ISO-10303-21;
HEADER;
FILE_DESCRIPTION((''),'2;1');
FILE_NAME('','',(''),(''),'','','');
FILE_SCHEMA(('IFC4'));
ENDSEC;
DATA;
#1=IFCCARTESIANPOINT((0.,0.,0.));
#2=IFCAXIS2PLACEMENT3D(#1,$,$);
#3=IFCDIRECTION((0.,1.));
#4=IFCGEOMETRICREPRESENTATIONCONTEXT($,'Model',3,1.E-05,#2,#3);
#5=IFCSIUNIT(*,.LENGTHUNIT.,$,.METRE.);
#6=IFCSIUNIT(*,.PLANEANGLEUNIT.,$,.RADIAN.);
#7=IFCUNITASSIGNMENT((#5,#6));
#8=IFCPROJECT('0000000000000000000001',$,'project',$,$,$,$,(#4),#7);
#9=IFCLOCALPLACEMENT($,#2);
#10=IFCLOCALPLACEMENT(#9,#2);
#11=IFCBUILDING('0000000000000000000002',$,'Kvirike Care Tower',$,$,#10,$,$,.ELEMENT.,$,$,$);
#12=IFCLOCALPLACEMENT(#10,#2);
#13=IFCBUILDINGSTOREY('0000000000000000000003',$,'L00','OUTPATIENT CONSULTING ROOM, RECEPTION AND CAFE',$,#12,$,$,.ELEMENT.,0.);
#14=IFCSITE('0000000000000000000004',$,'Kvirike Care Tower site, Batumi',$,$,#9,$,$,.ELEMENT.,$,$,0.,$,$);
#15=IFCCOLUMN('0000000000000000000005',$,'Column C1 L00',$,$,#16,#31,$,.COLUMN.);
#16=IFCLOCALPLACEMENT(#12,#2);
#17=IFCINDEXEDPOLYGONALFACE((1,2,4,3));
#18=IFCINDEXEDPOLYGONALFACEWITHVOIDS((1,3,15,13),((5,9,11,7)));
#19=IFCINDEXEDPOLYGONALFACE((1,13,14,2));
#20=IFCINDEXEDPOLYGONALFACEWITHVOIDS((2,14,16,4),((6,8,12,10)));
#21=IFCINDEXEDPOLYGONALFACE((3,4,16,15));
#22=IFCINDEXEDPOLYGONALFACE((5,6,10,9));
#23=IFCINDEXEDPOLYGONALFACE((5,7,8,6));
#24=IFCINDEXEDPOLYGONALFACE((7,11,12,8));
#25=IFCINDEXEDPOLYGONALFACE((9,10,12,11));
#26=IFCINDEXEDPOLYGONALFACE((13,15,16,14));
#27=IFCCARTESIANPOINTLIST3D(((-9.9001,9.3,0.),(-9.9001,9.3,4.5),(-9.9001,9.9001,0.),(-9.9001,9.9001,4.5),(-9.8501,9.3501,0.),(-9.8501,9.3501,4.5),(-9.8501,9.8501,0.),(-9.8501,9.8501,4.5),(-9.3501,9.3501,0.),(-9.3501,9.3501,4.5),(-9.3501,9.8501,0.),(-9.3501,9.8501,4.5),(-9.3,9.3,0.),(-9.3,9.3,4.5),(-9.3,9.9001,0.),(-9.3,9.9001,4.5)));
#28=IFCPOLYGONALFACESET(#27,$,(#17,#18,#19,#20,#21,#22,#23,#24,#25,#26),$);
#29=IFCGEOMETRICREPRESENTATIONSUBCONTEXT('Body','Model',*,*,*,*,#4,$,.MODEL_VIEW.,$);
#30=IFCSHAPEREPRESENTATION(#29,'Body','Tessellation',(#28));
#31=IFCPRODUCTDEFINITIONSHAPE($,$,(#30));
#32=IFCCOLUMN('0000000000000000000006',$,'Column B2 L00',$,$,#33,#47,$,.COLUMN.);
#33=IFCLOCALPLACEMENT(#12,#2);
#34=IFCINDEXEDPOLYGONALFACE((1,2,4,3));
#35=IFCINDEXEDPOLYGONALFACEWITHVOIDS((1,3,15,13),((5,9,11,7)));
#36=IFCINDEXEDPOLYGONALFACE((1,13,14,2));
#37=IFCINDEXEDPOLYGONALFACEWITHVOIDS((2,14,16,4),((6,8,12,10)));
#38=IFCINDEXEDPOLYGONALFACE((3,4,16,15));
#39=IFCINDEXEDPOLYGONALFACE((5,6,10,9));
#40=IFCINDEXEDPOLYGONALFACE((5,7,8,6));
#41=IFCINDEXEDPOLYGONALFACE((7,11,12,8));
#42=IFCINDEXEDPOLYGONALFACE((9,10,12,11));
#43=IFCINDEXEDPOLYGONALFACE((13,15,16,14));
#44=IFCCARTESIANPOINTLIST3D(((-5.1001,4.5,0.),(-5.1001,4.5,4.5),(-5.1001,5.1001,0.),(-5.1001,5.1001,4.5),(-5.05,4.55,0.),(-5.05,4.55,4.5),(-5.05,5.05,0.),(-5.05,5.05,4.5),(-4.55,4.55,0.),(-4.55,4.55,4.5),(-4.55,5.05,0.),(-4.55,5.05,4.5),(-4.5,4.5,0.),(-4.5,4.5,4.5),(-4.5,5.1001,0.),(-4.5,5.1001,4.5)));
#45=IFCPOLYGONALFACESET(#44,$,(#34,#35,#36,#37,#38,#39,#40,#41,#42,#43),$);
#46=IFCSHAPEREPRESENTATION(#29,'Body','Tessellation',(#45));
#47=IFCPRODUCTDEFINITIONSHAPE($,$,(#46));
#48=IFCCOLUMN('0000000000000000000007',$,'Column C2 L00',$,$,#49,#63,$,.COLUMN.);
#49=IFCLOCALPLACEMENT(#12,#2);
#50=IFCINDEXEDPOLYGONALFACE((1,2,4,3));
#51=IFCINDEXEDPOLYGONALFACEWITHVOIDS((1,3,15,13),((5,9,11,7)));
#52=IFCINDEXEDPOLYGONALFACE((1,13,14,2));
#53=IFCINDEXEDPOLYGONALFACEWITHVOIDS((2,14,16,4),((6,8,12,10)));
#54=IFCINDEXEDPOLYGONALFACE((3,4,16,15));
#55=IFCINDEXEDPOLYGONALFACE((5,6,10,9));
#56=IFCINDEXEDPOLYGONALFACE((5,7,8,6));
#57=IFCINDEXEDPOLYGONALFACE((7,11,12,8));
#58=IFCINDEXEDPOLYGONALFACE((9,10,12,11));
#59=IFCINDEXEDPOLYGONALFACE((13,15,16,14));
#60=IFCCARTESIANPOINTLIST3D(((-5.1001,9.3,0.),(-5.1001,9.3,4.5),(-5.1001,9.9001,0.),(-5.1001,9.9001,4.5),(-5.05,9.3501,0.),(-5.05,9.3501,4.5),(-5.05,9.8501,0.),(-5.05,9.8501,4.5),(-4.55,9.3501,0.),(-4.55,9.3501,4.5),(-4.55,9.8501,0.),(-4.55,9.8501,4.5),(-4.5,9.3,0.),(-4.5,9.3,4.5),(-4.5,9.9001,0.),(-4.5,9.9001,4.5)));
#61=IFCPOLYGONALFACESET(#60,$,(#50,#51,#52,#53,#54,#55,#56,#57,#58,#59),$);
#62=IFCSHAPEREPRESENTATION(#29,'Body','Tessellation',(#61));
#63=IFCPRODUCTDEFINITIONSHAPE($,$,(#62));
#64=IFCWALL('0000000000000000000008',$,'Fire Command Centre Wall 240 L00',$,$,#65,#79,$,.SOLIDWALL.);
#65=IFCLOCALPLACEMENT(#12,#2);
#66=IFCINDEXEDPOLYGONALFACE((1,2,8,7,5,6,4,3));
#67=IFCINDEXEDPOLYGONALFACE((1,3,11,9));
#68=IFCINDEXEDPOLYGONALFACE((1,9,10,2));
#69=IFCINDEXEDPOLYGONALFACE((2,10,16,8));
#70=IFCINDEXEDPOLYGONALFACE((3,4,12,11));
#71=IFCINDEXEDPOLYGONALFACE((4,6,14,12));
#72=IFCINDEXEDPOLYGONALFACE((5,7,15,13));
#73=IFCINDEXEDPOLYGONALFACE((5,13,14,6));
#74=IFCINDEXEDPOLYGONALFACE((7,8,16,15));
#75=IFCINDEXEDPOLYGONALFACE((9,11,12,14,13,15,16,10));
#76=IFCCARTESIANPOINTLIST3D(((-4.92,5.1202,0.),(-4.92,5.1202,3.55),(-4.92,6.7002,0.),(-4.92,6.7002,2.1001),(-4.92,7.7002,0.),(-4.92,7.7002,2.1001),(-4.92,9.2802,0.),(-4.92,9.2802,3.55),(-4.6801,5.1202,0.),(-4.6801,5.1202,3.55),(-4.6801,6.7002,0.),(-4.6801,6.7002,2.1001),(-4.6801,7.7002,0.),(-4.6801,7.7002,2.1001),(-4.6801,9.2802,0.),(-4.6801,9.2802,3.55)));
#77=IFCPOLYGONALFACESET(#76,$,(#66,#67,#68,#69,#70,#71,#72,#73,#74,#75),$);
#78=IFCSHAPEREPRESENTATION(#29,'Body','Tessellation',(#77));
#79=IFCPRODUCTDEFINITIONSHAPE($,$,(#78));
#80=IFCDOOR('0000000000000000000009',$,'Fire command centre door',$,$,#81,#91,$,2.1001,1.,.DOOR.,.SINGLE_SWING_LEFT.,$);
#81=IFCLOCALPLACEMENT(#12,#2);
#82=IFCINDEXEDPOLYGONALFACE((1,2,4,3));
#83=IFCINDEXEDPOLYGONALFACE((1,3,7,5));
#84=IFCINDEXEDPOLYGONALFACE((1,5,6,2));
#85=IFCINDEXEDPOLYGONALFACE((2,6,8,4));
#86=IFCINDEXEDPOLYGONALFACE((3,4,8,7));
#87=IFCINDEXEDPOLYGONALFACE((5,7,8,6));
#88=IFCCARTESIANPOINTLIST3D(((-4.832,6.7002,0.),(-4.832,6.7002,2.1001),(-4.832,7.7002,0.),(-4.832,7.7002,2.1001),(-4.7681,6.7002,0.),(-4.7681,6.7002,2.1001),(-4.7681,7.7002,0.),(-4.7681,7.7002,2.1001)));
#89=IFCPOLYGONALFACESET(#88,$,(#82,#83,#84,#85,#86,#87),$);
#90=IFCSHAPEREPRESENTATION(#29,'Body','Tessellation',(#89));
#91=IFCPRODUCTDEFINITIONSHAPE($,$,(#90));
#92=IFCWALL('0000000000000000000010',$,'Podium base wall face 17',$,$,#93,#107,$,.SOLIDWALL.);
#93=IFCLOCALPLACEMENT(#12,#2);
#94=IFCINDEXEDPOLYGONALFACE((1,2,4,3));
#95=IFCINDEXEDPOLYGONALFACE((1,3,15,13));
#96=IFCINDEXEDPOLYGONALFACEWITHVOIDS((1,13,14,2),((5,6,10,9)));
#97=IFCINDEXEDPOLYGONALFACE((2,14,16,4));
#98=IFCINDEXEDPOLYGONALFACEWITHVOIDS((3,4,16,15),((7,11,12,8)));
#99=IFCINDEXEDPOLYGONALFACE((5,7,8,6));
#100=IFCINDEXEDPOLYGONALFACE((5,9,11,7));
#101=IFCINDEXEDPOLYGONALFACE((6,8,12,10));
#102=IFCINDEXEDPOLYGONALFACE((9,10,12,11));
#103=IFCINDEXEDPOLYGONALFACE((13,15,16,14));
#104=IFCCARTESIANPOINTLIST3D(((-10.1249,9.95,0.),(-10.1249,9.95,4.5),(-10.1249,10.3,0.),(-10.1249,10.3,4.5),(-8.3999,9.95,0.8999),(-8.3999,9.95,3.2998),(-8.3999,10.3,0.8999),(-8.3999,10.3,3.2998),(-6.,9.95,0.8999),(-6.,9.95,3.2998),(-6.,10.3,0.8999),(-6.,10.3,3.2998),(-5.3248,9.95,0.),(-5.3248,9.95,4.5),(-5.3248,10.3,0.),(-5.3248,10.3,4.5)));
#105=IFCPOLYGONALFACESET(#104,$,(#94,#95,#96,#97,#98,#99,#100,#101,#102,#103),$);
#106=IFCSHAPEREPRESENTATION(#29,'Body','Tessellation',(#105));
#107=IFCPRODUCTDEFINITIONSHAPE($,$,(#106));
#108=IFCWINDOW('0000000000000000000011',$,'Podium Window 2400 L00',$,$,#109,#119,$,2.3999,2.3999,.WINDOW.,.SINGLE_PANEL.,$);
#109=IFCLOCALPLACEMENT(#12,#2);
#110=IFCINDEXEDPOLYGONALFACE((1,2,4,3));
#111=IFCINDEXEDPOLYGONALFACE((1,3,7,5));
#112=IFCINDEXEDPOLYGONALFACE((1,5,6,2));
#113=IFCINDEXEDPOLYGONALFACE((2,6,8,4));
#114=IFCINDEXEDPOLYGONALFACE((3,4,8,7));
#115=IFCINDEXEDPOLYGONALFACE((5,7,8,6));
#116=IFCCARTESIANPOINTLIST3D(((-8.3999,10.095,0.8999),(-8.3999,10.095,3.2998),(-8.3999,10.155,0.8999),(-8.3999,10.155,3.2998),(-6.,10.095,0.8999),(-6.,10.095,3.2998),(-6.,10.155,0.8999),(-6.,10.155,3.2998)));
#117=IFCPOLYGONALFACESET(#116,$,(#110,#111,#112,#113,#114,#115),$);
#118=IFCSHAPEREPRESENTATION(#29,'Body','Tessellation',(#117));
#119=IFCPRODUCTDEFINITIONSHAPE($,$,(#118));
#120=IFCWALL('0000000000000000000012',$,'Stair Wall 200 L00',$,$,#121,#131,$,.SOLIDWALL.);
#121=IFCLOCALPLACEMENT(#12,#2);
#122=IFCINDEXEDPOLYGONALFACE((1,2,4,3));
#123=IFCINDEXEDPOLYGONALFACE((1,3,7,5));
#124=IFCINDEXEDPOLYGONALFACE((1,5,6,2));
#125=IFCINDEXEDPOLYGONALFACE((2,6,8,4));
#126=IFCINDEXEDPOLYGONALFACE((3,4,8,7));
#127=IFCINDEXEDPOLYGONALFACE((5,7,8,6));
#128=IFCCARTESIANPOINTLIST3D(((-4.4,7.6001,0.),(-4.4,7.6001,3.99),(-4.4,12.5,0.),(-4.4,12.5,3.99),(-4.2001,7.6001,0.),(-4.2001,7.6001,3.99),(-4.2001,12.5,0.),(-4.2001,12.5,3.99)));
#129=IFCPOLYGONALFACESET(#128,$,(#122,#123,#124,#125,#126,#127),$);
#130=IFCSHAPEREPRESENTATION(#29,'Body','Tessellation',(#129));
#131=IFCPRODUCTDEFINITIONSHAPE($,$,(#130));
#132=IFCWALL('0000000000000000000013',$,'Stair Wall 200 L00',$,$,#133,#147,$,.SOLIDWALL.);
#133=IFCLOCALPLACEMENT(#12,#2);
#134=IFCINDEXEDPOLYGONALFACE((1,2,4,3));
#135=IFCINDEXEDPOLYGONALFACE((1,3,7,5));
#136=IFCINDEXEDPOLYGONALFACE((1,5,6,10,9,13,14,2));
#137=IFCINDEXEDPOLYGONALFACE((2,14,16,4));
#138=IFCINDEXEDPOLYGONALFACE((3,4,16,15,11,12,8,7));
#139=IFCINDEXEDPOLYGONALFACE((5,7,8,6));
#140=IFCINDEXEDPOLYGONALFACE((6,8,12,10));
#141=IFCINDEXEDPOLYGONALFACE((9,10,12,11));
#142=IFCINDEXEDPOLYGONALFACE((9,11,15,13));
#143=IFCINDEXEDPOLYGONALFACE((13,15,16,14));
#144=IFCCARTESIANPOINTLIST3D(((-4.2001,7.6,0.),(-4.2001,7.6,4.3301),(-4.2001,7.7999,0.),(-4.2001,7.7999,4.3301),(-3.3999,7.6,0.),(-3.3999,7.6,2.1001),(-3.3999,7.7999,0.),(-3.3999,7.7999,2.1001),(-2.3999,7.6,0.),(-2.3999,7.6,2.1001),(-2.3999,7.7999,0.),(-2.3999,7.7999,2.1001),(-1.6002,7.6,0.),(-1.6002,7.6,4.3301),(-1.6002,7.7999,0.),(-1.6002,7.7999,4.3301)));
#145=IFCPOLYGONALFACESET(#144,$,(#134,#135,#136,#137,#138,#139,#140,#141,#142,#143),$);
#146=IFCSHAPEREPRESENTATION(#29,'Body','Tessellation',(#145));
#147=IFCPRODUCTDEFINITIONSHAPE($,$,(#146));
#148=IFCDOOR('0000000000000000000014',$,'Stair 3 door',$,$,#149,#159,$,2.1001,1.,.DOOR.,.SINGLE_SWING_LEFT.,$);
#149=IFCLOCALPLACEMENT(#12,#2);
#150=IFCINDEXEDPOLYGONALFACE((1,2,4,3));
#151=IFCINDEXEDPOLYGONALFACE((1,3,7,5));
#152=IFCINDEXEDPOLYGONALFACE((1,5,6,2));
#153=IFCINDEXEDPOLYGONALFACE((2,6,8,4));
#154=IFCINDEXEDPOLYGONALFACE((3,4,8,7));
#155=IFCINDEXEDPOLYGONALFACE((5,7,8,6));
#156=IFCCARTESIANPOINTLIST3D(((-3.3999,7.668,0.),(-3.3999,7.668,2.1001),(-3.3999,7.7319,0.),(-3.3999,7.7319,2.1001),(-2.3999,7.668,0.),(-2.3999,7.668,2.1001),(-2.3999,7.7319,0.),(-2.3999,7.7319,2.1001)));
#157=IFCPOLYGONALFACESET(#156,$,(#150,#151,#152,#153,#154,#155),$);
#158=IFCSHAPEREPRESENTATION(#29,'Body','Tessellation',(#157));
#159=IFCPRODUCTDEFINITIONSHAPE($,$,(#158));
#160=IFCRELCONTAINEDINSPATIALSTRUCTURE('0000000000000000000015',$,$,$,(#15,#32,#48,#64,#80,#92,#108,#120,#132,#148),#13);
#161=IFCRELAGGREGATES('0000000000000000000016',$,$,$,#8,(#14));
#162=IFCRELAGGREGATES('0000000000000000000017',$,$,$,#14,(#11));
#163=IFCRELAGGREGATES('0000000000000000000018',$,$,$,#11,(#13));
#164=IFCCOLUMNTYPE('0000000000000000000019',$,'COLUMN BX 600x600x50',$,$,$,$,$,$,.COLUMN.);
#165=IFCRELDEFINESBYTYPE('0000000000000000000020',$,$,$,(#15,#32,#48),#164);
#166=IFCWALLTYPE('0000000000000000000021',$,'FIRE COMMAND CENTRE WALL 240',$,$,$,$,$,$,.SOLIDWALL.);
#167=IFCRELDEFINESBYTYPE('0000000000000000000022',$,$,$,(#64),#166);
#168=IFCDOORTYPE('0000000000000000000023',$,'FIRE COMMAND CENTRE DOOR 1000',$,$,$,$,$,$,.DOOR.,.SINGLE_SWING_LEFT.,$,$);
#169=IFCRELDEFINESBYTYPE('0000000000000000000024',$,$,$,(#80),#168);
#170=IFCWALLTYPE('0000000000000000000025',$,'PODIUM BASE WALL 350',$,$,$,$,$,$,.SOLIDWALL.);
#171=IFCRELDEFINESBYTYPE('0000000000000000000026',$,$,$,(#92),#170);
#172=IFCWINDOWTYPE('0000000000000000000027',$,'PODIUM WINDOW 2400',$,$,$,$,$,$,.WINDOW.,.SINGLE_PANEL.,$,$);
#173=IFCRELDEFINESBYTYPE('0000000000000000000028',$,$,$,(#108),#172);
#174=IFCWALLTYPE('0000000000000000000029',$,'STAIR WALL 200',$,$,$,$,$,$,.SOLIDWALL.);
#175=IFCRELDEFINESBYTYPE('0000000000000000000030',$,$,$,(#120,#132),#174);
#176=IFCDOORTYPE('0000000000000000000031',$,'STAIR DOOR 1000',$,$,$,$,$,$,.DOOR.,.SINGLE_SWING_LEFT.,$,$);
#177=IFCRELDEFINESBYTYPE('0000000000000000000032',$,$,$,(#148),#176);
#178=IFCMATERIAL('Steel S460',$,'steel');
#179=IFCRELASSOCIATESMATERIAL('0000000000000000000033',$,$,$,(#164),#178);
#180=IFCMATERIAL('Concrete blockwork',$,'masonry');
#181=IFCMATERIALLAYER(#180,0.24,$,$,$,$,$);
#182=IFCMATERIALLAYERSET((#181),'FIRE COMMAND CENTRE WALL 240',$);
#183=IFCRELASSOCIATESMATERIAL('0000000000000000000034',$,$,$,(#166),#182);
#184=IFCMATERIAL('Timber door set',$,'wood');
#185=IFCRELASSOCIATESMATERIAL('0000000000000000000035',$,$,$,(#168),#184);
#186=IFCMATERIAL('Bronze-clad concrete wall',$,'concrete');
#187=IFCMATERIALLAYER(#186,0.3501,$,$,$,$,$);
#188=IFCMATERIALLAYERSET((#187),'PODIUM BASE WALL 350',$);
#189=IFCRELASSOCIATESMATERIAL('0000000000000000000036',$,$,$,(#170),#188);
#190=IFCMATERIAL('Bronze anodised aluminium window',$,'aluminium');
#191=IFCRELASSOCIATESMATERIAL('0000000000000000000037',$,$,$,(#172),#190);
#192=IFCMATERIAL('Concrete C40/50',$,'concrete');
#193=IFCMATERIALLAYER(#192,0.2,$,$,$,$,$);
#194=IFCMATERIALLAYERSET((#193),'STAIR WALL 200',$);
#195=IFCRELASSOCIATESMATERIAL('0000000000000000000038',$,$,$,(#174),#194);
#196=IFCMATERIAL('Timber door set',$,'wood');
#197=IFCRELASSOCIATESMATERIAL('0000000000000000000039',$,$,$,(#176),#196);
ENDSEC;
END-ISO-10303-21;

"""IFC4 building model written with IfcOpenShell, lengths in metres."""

from ifc_helpers import new_model, si_unit, direction, frame, frame_2d, origin, origin_2d, place, context, subcontext, project, spatial, rectangle, hollow_rectangle, extrude, material, layer, layer_set, material_profile, profile_set, type_object, element, fill, save


model = new_model("IFC4")

# Units and contexts
model_context = context("Model", 3, precision=1e-05, world=origin(), true_north=direction((0.0, 1.0)))
body_context = subcontext(model_context, "Body", "Model", "MODEL_VIEW")
ifc_project = project(units=[si_unit("LENGTHUNIT", "METRE"), si_unit("PLANEANGLEUNIT", "RADIAN")], contexts=[model_context])

# Site, building, storey
site_placement = place(None, origin())
site = spatial("IfcSite", under=ifc_project, at=site_placement, Name="Kvirike Care Tower site, Batumi", CompositionType="ELEMENT", RefElevation=0.0)
building_placement = place(site_placement, origin())
building = spatial("IfcBuilding", under=site, at=building_placement, Name="Kvirike Care Tower", CompositionType="ELEMENT")
storey_placement = place(building_placement, origin())
storey = spatial("IfcBuildingStorey", under=building, at=storey_placement, Name="L00", Description="OUTPATIENT CONSULTING ROOM, RECEPTION AND CAFE", CompositionType="ELEMENT", Elevation=0.0)

# Columns
ifc_material_1 = material(Name="Steel S460", Category="steel")
ifc_material_profile_1 = material_profile(ifc_material_1, hollow_rectangle(XDim=0.6001, YDim=0.6001, WallThickness=0.05, at=origin_2d()), Name="BX 600x600x50")
ifc_profile_set_1 = profile_set([ifc_material_profile_1], Name="Steel S460")
column_type = type_object("IfcColumnType", Name="COLUMN BX 600x600x50", PredefinedType="COLUMN", material=ifc_profile_set_1)
for number, where, z_axis, x_axis, name in (
    (1, (-9.6001, 9.6001, 0.0), (0.0, 0.0, 1.0), (0.0, 1.0, 0.0), "Column C1 L00"),
    (2, (-4.8, 4.8, 0.0), (0.0, 0.0, 1.0), (0.0, 1.0, 0.0), "Column B2 L00"),
    (3, (-4.8, 9.6001, 0.0), (0.0, 0.0, 1.0), (0.0, 1.0, 0.0), "Column C2 L00"),
):
    element("IfcColumn", number, at=place(storey_placement, frame(where, z_axis=z_axis, x_axis=x_axis)), inside=storey, type_object=column_type, Name=name, PredefinedType="COLUMN", context=body_context, shape_type="SweptSolid", body=[
        extrude(hollow_rectangle(XDim=0.6001, YDim=0.6001, WallThickness=0.05, at=origin_2d()), origin(), (0.0, 0.0, 1.0), 4.5),
    ])

# Wall, opening, door
ifc_material_2 = material(Name="Concrete blockwork", Category="masonry")
ifc_layer_1 = layer(ifc_material_2, 0.24)
ifc_layer_set_1 = layer_set([ifc_layer_1], Name="FIRE COMMAND CENTRE WALL 240")
wall_type_1 = type_object("IfcWallType", Name="FIRE COMMAND CENTRE WALL 240", PredefinedType="SOLIDWALL", material=ifc_layer_set_1)
wall_1_placement = place(storey_placement, frame((-4.8, 5.1201, 0.0), z_axis=(0.0, 0.0, 1.0), x_axis=(0.0, 1.0, 0.0)))
wall_1 = element("IfcWall", 4, at=wall_1_placement, inside=storey, type_object=wall_type_1, Name="Fire Command Centre Wall 240 L00", PredefinedType="SOLIDWALL", context=body_context, shape_type="SweptSolid", body=[
    extrude(rectangle(XDim=4.1599, YDim=0.24, at=frame_2d((2.0801, 0.0))), origin(), (0.0, 0.0, 1.0), 3.55),
])
opening_1_placement = place(wall_1_placement, frame((1.5801, 0.0, 0.0)))
opening_1 = element("IfcOpeningElement", 5, at=opening_1_placement, cuts=wall_1, PredefinedType="OPENING", context=body_context, shape_type="SweptSolid", body=[
    extrude(rectangle(XDim=1.0, YDim=2.1001, at=frame_2d((0.5, 1.05))), frame((0.0, 0.1306, 0.0), z_axis=(0.0, -1.0, 0.0), x_axis=(1.0, 0.0, 0.0)), (0.0, 0.0, 1.0), 0.261),
])
ifc_material_3 = material(Name="Timber door set", Category="wood")
door_type_1 = type_object("IfcDoorType", Name="FIRE COMMAND CENTRE DOOR 1000", OperationType="SINGLE_SWING_LEFT", PredefinedType="DOOR", material=ifc_material_3)
door_1_placement = place(opening_1_placement, origin())
door_1 = element("IfcDoor", 6, at=door_1_placement, inside=storey, type_object=door_type_1, Name="Fire command centre door", OperationType="SINGLE_SWING_LEFT", OverallHeight=2.1001, OverallWidth=1.0, PredefinedType="DOOR", context=body_context, shape_type="SweptSolid", body=[
    extrude(rectangle(XDim=1.0, YDim=2.1001, at=frame_2d((0.5, 1.05))), frame((0.0, 0.032, 0.0), z_axis=(0.0, -1.0, 0.0), x_axis=(1.0, 0.0, 0.0)), (0.0, 0.0, 1.0), 0.064),
])
fill(opening_1, door_1)

# Wall, opening, window
ifc_material_4 = material(Name="Bronze-clad concrete wall", Category="concrete")
ifc_layer_2 = layer(ifc_material_4, 0.3501)
ifc_layer_set_2 = layer_set([ifc_layer_2], Name="PODIUM BASE WALL 350")
wall_type_2 = type_object("IfcWallType", Name="PODIUM BASE WALL 350", PredefinedType="SOLIDWALL", material=ifc_layer_set_2)
wall_2_placement = place(storey_placement, frame((-5.325, 10.125, 0.0), z_axis=(0.0, 0.0, 1.0), x_axis=(-1.0, 0.0, 0.0)))
wall_2 = element("IfcWall", 7, at=wall_2_placement, inside=storey, type_object=wall_type_2, Name="Podium base wall face 17", PredefinedType="SOLIDWALL", context=body_context, shape_type="SweptSolid", body=[
    extrude(rectangle(XDim=4.8, YDim=0.3501, at=frame_2d((2.3999, 0.0))), origin(), (0.0, 0.0, 1.0), 4.5),
])
opening_2_placement = place(wall_2_placement, frame((0.675, 0.0, 0.8999)))
opening_2 = element("IfcOpeningElement", 8, at=opening_2_placement, cuts=wall_2, PredefinedType="OPENING", context=body_context, shape_type="SweptSolid", body=[
    extrude(rectangle(XDim=2.3999, YDim=2.3999, at=frame_2d((1.2, 1.2))), frame((0.0, 0.1855, 0.0), z_axis=(0.0, -1.0, 0.0), x_axis=(1.0, 0.0, 0.0)), (0.0, 0.0, 1.0), 0.3711),
])
ifc_material_5 = material(Name="Bronze anodised aluminium window", Category="aluminium")
window_type = type_object("IfcWindowType", Name="PODIUM WINDOW 2400", PartitioningType="SINGLE_PANEL", PredefinedType="WINDOW", material=ifc_material_5)
window_placement = place(opening_2_placement, origin())
window = element("IfcWindow", 9, at=window_placement, inside=storey, type_object=window_type, Name="Podium Window 2400 L00", OverallHeight=2.3999, OverallWidth=2.3999, PartitioningType="SINGLE_PANEL", PredefinedType="WINDOW", context=body_context, shape_type="SweptSolid", body=[
    extrude(rectangle(XDim=2.3999, YDim=2.3999, at=frame_2d((1.2, 1.2))), frame((0.0, 0.03, 0.0), z_axis=(0.0, -1.0, 0.0), x_axis=(1.0, 0.0, 0.0)), (0.0, 0.0, 1.0), 0.0601),
])
fill(opening_2, window)

# Wall
ifc_material_6 = material(Name="Concrete C40/50", Category="concrete")
ifc_layer_3 = layer(ifc_material_6, 0.2)
ifc_layer_set_3 = layer_set([ifc_layer_3], Name="STAIR WALL 200")
wall_type_3 = type_object("IfcWallType", Name="STAIR WALL 200", PredefinedType="SOLIDWALL", material=ifc_layer_set_3)
wall_3_placement = place(storey_placement, frame((-4.3, 12.5, 0.0), z_axis=(0.0, 0.0, 1.0), x_axis=(0.0, -1.0, 0.0)))
element("IfcWall", 10, at=wall_3_placement, inside=storey, type_object=wall_type_3, Name="Stair Wall 200 L00", PredefinedType="SOLIDWALL", context=body_context, shape_type="SweptSolid", body=[
    extrude(rectangle(XDim=4.8999, YDim=0.2, at=frame_2d((2.45, 0.0))), origin(), (0.0, 0.0, 1.0), 3.99),
])

# Wall, opening, door
wall_4_placement = place(storey_placement, frame((-4.2, 7.7, 0.0), z_axis=(0.0, 0.0, 1.0), x_axis=(1.0, 0.0, 0.0)))
wall_4 = element("IfcWall", 11, at=wall_4_placement, inside=storey, type_object=wall_type_3, Name="Stair Wall 200 L00", PredefinedType="SOLIDWALL", context=body_context, shape_type="SweptSolid", body=[
    extrude(rectangle(XDim=2.5999, YDim=0.2, at=frame_2d((1.2998, 0.0))), origin(), (0.0, 0.0, 1.0), 4.3301),
])
opening_3_placement = place(wall_4_placement, frame((0.8, 0.0, 0.0)))
opening_3 = element("IfcOpeningElement", 12, at=opening_3_placement, cuts=wall_4, PredefinedType="OPENING", context=body_context, shape_type="SweptSolid", body=[
    extrude(rectangle(XDim=1.0, YDim=2.1001, at=frame_2d((0.5, 1.05))), frame((0.0, 0.1106, 0.0), z_axis=(0.0, -1.0, 0.0), x_axis=(1.0, 0.0, 0.0)), (0.0, 0.0, 1.0), 0.2209),
])
ifc_material_7 = material(Name="Timber door set", Category="wood")
door_type_2 = type_object("IfcDoorType", Name="STAIR DOOR 1000", OperationType="SINGLE_SWING_LEFT", PredefinedType="DOOR", material=ifc_material_7)
door_2_placement = place(opening_3_placement, origin())
door_2 = element("IfcDoor", 13, at=door_2_placement, inside=storey, type_object=door_type_2, Name="Stair 3 door", OperationType="SINGLE_SWING_LEFT", OverallHeight=2.1001, OverallWidth=1.0, PredefinedType="DOOR", context=body_context, shape_type="SweptSolid", body=[
    extrude(rectangle(XDim=1.0, YDim=2.1001, at=frame_2d((0.5, 1.05))), frame((0.0, 0.032, 0.0), z_axis=(0.0, -1.0, 0.0), x_axis=(1.0, 0.0, 0.0)), (0.0, 0.0, 1.0), 0.064),
])
fill(opening_3, door_2)

save(model, "model.ifc")
